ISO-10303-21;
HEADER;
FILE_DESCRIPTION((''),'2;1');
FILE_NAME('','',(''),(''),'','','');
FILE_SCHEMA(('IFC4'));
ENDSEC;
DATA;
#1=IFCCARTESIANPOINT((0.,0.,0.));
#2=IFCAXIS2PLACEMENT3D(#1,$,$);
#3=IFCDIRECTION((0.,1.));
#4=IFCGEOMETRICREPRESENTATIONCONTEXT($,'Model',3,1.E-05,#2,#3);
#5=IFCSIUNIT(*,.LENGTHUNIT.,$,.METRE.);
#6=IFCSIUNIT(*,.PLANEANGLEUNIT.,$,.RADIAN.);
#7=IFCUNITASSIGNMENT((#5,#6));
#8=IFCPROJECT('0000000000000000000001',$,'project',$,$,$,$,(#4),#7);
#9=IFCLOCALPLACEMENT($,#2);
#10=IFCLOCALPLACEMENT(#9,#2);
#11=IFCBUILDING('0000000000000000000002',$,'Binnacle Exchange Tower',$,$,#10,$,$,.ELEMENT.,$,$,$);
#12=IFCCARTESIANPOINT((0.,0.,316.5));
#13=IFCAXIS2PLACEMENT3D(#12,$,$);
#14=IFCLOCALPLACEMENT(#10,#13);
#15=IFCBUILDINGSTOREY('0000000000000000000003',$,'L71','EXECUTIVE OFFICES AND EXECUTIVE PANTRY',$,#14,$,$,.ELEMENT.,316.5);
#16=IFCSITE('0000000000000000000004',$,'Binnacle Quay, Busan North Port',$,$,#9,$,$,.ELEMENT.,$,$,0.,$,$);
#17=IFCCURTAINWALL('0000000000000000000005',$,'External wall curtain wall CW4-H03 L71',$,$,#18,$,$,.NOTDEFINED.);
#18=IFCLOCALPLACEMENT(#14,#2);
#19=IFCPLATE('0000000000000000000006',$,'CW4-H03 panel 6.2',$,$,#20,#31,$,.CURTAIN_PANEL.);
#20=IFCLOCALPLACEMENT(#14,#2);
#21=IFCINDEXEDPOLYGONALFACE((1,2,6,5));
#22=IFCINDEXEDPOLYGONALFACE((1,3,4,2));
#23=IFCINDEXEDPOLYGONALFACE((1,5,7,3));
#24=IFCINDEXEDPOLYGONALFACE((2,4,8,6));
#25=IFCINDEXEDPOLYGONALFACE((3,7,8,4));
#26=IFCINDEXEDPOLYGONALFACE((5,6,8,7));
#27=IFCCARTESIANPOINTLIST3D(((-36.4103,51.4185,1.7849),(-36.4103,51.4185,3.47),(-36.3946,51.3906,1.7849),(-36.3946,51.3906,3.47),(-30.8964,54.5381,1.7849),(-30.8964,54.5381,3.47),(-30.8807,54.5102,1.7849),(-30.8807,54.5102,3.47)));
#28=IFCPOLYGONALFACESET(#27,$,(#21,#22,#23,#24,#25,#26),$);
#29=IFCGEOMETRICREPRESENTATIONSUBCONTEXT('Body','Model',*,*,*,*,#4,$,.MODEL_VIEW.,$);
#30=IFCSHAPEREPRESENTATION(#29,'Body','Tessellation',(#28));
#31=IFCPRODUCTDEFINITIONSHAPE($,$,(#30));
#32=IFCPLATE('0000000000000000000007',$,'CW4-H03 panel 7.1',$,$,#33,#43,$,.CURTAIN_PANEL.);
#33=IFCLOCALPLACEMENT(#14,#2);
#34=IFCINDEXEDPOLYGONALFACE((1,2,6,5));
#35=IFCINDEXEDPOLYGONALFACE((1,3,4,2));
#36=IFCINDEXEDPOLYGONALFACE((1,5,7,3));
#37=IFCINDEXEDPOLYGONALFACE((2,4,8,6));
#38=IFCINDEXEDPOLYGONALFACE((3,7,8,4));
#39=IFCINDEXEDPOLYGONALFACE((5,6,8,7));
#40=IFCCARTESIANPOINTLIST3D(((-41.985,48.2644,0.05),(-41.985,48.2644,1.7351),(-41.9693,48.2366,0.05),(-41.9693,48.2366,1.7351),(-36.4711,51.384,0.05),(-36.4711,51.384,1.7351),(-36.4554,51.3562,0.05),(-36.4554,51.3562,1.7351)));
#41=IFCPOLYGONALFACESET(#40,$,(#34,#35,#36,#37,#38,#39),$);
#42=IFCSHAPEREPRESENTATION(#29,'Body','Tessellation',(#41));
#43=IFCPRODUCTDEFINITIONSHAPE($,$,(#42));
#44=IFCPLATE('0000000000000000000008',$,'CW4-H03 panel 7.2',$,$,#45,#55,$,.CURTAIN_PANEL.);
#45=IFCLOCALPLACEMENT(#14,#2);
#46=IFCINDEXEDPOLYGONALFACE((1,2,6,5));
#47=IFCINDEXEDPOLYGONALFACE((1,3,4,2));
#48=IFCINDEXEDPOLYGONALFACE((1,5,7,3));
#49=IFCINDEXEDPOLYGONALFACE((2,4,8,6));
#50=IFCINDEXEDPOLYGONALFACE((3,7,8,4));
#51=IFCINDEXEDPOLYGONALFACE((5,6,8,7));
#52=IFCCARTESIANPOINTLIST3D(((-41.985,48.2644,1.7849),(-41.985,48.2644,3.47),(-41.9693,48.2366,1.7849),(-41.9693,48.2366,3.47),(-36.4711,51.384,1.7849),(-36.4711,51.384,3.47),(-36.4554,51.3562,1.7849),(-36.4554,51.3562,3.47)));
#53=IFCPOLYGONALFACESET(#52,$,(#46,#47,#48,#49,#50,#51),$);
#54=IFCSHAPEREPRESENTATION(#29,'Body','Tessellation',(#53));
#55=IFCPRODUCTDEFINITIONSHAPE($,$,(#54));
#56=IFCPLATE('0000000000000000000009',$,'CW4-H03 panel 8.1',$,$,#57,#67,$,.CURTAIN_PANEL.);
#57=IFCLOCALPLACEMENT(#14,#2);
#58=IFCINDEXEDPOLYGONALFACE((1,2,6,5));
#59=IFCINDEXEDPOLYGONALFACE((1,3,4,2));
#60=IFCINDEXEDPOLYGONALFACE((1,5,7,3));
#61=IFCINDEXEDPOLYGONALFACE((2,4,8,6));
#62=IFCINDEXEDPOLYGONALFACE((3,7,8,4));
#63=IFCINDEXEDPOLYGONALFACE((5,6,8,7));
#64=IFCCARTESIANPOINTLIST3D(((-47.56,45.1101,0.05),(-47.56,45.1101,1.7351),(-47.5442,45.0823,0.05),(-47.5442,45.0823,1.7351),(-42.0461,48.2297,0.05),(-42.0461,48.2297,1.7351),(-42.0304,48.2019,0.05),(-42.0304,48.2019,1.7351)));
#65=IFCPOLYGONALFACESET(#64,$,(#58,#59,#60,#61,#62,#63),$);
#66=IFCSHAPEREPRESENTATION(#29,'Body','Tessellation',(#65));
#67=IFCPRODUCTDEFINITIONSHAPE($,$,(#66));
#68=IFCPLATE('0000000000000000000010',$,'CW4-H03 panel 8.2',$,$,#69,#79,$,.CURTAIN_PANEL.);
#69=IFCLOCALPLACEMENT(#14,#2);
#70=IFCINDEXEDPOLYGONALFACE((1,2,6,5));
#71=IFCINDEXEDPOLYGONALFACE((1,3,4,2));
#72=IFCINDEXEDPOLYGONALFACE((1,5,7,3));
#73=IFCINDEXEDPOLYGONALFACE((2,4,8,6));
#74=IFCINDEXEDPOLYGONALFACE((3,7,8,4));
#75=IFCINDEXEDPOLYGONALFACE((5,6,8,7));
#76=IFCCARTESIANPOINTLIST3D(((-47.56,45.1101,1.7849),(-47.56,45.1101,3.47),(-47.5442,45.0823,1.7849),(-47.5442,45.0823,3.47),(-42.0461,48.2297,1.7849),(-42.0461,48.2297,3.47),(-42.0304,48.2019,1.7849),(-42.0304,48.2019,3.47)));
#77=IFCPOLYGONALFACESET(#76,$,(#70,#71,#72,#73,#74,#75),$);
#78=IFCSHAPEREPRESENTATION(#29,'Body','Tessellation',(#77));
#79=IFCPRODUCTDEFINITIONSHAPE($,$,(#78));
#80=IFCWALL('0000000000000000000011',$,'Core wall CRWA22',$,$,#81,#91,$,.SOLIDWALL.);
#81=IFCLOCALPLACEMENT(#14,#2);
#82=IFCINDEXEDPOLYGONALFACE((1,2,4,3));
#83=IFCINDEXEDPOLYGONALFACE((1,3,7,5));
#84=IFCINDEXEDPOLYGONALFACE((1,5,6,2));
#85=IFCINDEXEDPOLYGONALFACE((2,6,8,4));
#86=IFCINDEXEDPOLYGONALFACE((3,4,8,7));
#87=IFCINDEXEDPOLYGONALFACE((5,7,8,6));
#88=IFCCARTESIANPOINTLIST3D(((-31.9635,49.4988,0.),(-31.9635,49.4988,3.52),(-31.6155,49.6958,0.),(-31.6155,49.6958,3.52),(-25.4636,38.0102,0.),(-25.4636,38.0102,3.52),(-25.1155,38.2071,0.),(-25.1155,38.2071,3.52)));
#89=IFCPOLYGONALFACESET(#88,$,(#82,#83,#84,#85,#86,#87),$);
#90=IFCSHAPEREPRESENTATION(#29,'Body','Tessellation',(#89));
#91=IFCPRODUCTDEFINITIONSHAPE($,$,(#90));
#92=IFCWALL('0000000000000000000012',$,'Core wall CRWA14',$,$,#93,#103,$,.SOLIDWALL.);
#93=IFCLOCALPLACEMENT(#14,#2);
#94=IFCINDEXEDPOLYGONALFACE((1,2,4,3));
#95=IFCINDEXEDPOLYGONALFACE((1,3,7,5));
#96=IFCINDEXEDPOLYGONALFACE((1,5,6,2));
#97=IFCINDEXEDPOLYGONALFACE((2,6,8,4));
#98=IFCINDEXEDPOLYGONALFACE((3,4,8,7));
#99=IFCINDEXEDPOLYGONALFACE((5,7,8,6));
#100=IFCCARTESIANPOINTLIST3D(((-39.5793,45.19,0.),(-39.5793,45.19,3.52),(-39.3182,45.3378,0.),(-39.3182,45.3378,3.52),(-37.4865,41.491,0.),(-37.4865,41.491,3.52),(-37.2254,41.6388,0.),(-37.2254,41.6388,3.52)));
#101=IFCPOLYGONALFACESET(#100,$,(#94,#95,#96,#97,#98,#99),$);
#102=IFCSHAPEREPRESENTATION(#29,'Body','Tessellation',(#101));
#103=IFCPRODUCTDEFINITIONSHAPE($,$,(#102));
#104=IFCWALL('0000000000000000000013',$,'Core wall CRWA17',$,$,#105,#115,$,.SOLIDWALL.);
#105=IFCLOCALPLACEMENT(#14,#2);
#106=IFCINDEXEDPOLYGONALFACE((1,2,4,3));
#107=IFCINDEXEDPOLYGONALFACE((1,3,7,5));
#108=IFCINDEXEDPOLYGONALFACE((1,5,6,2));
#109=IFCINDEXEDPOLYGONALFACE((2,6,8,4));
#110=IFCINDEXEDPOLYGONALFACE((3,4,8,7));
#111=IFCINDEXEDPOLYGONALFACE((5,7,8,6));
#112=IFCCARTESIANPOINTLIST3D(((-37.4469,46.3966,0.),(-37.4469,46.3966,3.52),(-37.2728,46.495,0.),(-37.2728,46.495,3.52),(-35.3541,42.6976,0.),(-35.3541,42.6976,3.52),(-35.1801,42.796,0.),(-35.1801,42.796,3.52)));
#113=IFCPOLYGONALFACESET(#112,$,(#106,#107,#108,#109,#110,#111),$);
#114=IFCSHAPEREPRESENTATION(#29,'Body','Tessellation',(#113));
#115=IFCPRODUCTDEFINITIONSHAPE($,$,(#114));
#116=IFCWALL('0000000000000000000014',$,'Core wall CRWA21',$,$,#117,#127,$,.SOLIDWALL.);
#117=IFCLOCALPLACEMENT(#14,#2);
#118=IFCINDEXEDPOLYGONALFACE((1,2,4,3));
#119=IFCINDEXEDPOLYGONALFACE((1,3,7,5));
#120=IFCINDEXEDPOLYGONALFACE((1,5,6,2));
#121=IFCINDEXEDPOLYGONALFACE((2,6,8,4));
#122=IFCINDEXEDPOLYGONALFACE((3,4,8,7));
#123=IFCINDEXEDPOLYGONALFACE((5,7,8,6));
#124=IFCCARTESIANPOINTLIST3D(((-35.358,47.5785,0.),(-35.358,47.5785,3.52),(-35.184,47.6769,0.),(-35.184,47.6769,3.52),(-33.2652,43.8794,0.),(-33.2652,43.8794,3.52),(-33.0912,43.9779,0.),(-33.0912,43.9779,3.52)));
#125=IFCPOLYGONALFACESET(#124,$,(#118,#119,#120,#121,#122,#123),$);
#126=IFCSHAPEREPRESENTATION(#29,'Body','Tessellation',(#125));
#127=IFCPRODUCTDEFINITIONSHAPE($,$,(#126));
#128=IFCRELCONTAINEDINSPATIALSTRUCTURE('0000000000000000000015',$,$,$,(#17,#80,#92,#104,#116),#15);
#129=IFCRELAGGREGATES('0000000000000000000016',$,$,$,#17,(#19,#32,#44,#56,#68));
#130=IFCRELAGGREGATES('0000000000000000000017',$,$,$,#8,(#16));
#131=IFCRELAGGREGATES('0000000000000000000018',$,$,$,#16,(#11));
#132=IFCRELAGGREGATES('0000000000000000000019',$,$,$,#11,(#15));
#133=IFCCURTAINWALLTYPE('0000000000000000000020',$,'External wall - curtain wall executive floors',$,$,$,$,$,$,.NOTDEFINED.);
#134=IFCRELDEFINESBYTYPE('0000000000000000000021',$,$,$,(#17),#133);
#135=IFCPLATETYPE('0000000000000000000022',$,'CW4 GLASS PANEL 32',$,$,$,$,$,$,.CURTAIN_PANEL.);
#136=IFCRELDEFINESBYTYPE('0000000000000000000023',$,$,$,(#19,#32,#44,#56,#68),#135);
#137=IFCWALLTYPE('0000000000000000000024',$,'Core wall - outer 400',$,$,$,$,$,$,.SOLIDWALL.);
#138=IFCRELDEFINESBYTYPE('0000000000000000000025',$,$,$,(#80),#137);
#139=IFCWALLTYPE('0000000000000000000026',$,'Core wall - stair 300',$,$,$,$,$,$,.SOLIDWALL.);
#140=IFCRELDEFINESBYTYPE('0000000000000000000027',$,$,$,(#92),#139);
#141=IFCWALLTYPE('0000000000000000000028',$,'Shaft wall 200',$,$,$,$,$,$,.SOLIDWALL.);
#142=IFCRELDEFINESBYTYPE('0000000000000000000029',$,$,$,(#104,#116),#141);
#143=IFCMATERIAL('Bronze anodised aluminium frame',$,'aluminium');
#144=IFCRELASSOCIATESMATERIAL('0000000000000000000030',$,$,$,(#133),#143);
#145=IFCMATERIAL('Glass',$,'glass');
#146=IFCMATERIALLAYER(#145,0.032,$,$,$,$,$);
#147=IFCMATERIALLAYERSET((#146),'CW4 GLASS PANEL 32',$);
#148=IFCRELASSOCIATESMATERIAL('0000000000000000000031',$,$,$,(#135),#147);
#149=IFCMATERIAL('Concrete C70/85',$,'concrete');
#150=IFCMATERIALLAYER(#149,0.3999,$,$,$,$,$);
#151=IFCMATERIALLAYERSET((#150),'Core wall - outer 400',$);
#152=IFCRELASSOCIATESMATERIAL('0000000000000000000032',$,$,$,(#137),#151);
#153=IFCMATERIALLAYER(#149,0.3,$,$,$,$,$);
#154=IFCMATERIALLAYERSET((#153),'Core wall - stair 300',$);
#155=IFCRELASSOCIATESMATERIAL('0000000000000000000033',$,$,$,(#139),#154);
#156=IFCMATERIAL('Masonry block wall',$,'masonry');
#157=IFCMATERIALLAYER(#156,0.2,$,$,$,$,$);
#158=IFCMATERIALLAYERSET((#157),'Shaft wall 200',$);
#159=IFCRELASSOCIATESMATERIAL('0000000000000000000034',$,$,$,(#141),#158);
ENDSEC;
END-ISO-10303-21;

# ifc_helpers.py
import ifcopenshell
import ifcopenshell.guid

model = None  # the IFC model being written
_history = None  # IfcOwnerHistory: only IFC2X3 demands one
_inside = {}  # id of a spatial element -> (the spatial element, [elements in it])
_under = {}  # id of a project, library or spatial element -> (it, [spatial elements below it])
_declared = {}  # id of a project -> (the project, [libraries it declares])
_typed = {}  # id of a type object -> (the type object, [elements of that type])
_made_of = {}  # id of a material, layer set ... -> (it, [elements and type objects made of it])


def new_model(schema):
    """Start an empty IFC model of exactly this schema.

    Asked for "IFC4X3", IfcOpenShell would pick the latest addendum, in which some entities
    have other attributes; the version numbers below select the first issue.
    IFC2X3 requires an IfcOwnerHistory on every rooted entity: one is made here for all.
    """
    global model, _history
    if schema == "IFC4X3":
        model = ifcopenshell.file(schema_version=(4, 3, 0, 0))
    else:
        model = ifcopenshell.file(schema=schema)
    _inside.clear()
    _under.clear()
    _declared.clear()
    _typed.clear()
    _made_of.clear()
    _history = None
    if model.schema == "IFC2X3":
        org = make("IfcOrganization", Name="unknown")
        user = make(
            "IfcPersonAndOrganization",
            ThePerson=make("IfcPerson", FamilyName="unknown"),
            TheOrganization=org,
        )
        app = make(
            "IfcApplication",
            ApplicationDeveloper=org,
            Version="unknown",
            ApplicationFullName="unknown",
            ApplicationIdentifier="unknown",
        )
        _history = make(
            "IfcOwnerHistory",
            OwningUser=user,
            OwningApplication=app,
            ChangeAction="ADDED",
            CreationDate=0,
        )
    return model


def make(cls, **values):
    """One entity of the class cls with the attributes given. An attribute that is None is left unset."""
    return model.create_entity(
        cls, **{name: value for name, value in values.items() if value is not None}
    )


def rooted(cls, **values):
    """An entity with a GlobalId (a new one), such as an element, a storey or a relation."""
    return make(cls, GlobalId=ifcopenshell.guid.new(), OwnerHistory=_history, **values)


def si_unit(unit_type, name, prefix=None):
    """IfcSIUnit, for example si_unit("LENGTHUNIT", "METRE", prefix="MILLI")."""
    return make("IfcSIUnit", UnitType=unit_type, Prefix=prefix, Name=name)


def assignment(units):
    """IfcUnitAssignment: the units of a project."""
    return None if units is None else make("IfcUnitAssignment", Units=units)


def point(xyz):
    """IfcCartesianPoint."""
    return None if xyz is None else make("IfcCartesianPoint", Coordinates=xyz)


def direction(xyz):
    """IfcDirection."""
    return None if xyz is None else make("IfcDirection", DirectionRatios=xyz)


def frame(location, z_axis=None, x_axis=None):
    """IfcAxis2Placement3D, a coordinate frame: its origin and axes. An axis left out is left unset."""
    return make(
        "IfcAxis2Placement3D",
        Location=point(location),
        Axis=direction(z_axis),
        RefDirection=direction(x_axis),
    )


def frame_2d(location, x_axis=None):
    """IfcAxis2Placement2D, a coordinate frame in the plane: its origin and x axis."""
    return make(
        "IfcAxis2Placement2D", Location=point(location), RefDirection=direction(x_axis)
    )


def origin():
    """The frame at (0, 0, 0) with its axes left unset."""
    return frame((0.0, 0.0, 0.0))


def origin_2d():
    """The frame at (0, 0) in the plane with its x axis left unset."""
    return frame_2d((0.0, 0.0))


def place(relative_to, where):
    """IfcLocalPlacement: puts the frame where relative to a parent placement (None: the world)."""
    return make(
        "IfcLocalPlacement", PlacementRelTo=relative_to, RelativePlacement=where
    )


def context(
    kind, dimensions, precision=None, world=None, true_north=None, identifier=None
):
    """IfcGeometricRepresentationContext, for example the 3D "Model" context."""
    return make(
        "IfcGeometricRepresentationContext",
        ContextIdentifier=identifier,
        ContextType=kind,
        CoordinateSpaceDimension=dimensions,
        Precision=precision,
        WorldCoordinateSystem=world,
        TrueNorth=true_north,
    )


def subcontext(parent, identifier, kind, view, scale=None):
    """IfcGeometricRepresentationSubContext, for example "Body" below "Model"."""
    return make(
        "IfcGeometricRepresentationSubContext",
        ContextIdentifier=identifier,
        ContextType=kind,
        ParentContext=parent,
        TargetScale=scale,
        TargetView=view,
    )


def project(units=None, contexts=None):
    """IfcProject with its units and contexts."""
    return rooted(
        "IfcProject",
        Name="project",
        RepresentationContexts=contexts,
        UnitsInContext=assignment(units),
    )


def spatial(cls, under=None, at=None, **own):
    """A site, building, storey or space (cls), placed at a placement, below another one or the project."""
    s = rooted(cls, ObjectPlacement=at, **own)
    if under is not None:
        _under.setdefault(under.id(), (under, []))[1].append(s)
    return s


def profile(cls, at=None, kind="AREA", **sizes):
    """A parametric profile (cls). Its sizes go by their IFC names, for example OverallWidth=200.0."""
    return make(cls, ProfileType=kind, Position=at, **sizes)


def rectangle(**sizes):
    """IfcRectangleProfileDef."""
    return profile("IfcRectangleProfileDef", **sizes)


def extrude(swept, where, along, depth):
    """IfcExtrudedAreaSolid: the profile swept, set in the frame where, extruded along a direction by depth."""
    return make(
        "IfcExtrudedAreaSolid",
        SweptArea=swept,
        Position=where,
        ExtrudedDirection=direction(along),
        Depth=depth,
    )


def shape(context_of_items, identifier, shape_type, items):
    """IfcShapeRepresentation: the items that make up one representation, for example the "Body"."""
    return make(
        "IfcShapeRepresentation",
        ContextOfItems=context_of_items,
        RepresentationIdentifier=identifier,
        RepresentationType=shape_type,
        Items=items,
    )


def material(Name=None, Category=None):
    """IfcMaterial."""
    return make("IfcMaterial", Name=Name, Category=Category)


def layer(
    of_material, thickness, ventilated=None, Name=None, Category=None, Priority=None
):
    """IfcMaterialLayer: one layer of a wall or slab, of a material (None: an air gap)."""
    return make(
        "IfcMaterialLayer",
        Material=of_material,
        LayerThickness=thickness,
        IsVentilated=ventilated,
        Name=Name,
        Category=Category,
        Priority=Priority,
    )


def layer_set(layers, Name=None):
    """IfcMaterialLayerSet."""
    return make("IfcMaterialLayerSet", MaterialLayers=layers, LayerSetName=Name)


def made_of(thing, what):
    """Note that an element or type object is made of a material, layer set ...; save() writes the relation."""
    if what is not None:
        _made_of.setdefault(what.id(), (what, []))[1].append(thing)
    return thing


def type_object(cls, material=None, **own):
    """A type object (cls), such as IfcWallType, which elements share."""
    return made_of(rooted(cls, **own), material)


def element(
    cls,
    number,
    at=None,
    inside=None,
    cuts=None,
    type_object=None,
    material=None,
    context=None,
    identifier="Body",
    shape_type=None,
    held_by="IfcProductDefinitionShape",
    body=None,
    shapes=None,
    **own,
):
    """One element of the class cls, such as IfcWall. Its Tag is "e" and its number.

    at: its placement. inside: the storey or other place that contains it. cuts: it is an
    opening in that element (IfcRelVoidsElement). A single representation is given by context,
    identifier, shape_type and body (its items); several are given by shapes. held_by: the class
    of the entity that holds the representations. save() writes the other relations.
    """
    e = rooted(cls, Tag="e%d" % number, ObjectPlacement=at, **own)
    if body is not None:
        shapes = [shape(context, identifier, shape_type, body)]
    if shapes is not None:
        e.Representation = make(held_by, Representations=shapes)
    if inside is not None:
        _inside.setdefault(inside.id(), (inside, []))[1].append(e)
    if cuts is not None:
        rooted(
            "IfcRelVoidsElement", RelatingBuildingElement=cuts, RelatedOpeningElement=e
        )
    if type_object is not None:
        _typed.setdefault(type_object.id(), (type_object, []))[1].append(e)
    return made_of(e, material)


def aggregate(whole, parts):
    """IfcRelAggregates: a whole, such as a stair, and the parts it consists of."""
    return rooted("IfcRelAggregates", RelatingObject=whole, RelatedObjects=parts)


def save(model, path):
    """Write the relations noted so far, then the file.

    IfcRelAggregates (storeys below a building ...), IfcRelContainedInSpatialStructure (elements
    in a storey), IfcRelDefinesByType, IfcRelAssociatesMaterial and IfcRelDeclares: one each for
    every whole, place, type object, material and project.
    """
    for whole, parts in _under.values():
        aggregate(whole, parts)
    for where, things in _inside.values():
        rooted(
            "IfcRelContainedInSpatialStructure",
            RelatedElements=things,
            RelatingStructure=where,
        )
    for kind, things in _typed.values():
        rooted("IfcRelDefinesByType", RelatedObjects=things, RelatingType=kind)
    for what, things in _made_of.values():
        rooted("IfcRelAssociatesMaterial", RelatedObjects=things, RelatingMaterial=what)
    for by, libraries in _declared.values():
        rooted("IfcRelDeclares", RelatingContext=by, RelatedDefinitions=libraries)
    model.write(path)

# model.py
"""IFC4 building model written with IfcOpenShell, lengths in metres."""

from ifc_helpers import new_model, si_unit, direction, frame, frame_2d, origin, origin_2d, place, context, subcontext, project, spatial, rectangle, extrude, material, layer, layer_set, type_object, element, aggregate, save


model = new_model("IFC4")

# Units and contexts
model_context = context("Model", 3, precision=1e-05, world=origin(), true_north=direction((0.0, 1.0)))
body_context = subcontext(model_context, "Body", "Model", "MODEL_VIEW")
ifc_project = project(units=[si_unit("LENGTHUNIT", "METRE"), si_unit("PLANEANGLEUNIT", "RADIAN")], contexts=[model_context])

# Site, building, storey
site_placement = place(None, origin())
site = spatial("IfcSite", under=ifc_project, at=site_placement, Name="Binnacle Quay, Busan North Port", CompositionType="ELEMENT", RefElevation=0.0)
building_placement = place(site_placement, origin())
building = spatial("IfcBuilding", under=site, at=building_placement, Name="Binnacle Exchange Tower", CompositionType="ELEMENT")
storey_placement = place(building_placement, frame((0.0, 0.0, 316.5)))
storey = spatial("IfcBuildingStorey", under=building, at=storey_placement, Name="L71", Description="EXECUTIVE OFFICES AND EXECUTIVE PANTRY", CompositionType="ELEMENT", Elevation=316.5)

# Curtain wall, plates
ifc_material_1 = material(Name="Bronze anodised aluminium frame", Category="aluminium")
curtain_wall_type = type_object("IfcCurtainWallType", Name="External wall - curtain wall executive floors", PredefinedType="NOTDEFINED", material=ifc_material_1)
curtain_wall_placement = place(storey_placement, origin())
curtain_wall = element("IfcCurtainWall", 1, at=curtain_wall_placement, inside=storey, type_object=curtain_wall_type, Name="External wall curtain wall CW4-H03 L71", PredefinedType="NOTDEFINED")
ifc_material_2 = material(Name="Glass", Category="glass")
ifc_layer_1 = layer(ifc_material_2, 0.032)
ifc_layer_set_1 = layer_set([ifc_layer_1], Name="CW4 GLASS PANEL 32")
plate_type = type_object("IfcPlateType", Name="CW4 GLASS PANEL 32", PredefinedType="CURTAIN_PANEL", material=ifc_layer_set_1)
plate_1_placement = place(storey_placement, frame((-33.6455, 52.9644, 1.7849), z_axis=(0.0, 0.0, 1.0), x_axis=(-0.870356, -0.492424, 0.0)))
plate_1 = element("IfcPlate", 2, at=plate_1_placement, type_object=plate_type, Name="CW4-H03 panel 6.2", PredefinedType="CURTAIN_PANEL", context=body_context, shape_type="SweptSolid", body=[
    extrude(rectangle(XDim=6.3352, YDim=0.032, at=origin_2d()), origin(), (0.0, 0.0, 1.0), 1.6851),
])
plate_2_placement = place(storey_placement, frame((-39.2202, 49.8103, 0.05), z_axis=(0.0, 0.0, 1.0), x_axis=(-0.870356, -0.492424, 0.0)))
plate_2 = element("IfcPlate", 3, at=plate_2_placement, type_object=plate_type, Name="CW4-H03 panel 7.1", PredefinedType="CURTAIN_PANEL", context=body_context, shape_type="SweptSolid", body=[
    extrude(rectangle(XDim=6.3352, YDim=0.032, at=origin_2d()), origin(), (0.0, 0.0, 1.0), 1.6851),
])
plate_3_placement = place(storey_placement, frame((-39.2202, 49.8103, 1.7849), z_axis=(0.0, 0.0, 1.0), x_axis=(-0.870356, -0.492424, 0.0)))
plate_3 = element("IfcPlate", 4, at=plate_3_placement, type_object=plate_type, Name="CW4-H03 panel 7.2", PredefinedType="CURTAIN_PANEL", context=body_context, shape_type="SweptSolid", body=[
    extrude(rectangle(XDim=6.3352, YDim=0.032, at=origin_2d()), origin(), (0.0, 0.0, 1.0), 1.6851),
])
plate_4_placement = place(storey_placement, frame((-44.7952, 46.656, 0.05), z_axis=(0.0, 0.0, 1.0), x_axis=(-0.870356, -0.492424, 0.0)))
plate_4 = element("IfcPlate", 5, at=plate_4_placement, type_object=plate_type, Name="CW4-H03 panel 8.1", PredefinedType="CURTAIN_PANEL", context=body_context, shape_type="SweptSolid", body=[
    extrude(rectangle(XDim=6.3352, YDim=0.032, at=origin_2d()), origin(), (0.0, 0.0, 1.0), 1.6851),
])
plate_5_placement = place(storey_placement, frame((-44.7952, 46.656, 1.7849), z_axis=(0.0, 0.0, 1.0), x_axis=(-0.870356, -0.492424, 0.0)))
plate_5 = element("IfcPlate", 6, at=plate_5_placement, type_object=plate_type, Name="CW4-H03 panel 8.2", PredefinedType="CURTAIN_PANEL", context=body_context, shape_type="SweptSolid", body=[
    extrude(rectangle(XDim=6.3352, YDim=0.032, at=origin_2d()), origin(), (0.0, 0.0, 1.0), 1.6851),
])
aggregate(curtain_wall, [plate_1, plate_2, plate_3, plate_4, plate_5])

# Walls
ifc_material_3 = material(Name="Concrete C70/85", Category="concrete")
ifc_layer_2 = layer(ifc_material_3, 0.3999)
ifc_layer_set_2 = layer_set([ifc_layer_2], Name="Core wall - outer 400")
wall_type_1 = type_object("IfcWallType", Name="Core wall - outer 400", PredefinedType="SOLIDWALL", material=ifc_layer_set_2)
wall_1_placement = place(storey_placement, frame((-31.7896, 49.5974, 0.0), z_axis=(0.0, 0.0, 1.0), x_axis=(0.492422, -0.870357, 0.0)))
element("IfcWall", 7, at=wall_1_placement, inside=storey, type_object=wall_type_1, Name="Core wall CRWA22", PredefinedType="SOLIDWALL", context=body_context, shape_type="SweptSolid", body=[
    extrude(rectangle(XDim=13.2, YDim=0.3999, at=frame_2d((6.6001, 0.0))), origin(), (0.0, 0.0, 1.0), 3.52),
])
ifc_layer_3 = layer(ifc_material_3, 0.3)
ifc_layer_set_3 = layer_set([ifc_layer_3], Name="Core wall - stair 300")
wall_type_2 = type_object("IfcWallType", Name="Core wall - stair 300", PredefinedType="SOLIDWALL", material=ifc_layer_set_3)
wall_2_placement = place(storey_placement, frame((-39.4487, 45.2639, 0.0), z_axis=(0.0, 0.0, 1.0), x_axis=(0.492423, -0.870356, 0.0)))
element("IfcWall", 8, at=wall_2_placement, inside=storey, type_object=wall_type_2, Name="Core wall CRWA14", PredefinedType="SOLIDWALL", context=body_context, shape_type="SweptSolid", body=[
    extrude(rectangle(XDim=4.25, YDim=0.3, at=frame_2d((2.125, 0.0))), origin(), (0.0, 0.0, 1.0), 3.52),
])
ifc_material_4 = material(Name="Masonry block wall", Category="masonry")
ifc_layer_4 = layer(ifc_material_4, 0.2)
ifc_layer_set_4 = layer_set([ifc_layer_4], Name="Shaft wall 200")
wall_type_3 = type_object("IfcWallType", Name="Shaft wall 200", PredefinedType="SOLIDWALL", material=ifc_layer_set_4)
for number, where, z_axis, x_axis, name in (
    (9, (-37.3599, 46.4458, 0.0), (0.0, 0.0, 1.0), (0.492423, -0.870356, 0.0), "Core wall CRWA17"),
    (10, (-35.271, 47.6277, 0.0), (0.0, 0.0, 1.0), (0.492423, -0.870356, 0.0), "Core wall CRWA21"),
):
    element("IfcWall", number, at=place(storey_placement, frame(where, z_axis=z_axis, x_axis=x_axis)), inside=storey, type_object=wall_type_3, Name=name, PredefinedType="SOLIDWALL", context=body_context, shape_type="SweptSolid", body=[
        extrude(rectangle(XDim=4.25, YDim=0.2, at=frame_2d((2.125, 0.0))), origin(), (0.0, 0.0, 1.0), 3.52),
    ])

save(model, "model.ifc")
